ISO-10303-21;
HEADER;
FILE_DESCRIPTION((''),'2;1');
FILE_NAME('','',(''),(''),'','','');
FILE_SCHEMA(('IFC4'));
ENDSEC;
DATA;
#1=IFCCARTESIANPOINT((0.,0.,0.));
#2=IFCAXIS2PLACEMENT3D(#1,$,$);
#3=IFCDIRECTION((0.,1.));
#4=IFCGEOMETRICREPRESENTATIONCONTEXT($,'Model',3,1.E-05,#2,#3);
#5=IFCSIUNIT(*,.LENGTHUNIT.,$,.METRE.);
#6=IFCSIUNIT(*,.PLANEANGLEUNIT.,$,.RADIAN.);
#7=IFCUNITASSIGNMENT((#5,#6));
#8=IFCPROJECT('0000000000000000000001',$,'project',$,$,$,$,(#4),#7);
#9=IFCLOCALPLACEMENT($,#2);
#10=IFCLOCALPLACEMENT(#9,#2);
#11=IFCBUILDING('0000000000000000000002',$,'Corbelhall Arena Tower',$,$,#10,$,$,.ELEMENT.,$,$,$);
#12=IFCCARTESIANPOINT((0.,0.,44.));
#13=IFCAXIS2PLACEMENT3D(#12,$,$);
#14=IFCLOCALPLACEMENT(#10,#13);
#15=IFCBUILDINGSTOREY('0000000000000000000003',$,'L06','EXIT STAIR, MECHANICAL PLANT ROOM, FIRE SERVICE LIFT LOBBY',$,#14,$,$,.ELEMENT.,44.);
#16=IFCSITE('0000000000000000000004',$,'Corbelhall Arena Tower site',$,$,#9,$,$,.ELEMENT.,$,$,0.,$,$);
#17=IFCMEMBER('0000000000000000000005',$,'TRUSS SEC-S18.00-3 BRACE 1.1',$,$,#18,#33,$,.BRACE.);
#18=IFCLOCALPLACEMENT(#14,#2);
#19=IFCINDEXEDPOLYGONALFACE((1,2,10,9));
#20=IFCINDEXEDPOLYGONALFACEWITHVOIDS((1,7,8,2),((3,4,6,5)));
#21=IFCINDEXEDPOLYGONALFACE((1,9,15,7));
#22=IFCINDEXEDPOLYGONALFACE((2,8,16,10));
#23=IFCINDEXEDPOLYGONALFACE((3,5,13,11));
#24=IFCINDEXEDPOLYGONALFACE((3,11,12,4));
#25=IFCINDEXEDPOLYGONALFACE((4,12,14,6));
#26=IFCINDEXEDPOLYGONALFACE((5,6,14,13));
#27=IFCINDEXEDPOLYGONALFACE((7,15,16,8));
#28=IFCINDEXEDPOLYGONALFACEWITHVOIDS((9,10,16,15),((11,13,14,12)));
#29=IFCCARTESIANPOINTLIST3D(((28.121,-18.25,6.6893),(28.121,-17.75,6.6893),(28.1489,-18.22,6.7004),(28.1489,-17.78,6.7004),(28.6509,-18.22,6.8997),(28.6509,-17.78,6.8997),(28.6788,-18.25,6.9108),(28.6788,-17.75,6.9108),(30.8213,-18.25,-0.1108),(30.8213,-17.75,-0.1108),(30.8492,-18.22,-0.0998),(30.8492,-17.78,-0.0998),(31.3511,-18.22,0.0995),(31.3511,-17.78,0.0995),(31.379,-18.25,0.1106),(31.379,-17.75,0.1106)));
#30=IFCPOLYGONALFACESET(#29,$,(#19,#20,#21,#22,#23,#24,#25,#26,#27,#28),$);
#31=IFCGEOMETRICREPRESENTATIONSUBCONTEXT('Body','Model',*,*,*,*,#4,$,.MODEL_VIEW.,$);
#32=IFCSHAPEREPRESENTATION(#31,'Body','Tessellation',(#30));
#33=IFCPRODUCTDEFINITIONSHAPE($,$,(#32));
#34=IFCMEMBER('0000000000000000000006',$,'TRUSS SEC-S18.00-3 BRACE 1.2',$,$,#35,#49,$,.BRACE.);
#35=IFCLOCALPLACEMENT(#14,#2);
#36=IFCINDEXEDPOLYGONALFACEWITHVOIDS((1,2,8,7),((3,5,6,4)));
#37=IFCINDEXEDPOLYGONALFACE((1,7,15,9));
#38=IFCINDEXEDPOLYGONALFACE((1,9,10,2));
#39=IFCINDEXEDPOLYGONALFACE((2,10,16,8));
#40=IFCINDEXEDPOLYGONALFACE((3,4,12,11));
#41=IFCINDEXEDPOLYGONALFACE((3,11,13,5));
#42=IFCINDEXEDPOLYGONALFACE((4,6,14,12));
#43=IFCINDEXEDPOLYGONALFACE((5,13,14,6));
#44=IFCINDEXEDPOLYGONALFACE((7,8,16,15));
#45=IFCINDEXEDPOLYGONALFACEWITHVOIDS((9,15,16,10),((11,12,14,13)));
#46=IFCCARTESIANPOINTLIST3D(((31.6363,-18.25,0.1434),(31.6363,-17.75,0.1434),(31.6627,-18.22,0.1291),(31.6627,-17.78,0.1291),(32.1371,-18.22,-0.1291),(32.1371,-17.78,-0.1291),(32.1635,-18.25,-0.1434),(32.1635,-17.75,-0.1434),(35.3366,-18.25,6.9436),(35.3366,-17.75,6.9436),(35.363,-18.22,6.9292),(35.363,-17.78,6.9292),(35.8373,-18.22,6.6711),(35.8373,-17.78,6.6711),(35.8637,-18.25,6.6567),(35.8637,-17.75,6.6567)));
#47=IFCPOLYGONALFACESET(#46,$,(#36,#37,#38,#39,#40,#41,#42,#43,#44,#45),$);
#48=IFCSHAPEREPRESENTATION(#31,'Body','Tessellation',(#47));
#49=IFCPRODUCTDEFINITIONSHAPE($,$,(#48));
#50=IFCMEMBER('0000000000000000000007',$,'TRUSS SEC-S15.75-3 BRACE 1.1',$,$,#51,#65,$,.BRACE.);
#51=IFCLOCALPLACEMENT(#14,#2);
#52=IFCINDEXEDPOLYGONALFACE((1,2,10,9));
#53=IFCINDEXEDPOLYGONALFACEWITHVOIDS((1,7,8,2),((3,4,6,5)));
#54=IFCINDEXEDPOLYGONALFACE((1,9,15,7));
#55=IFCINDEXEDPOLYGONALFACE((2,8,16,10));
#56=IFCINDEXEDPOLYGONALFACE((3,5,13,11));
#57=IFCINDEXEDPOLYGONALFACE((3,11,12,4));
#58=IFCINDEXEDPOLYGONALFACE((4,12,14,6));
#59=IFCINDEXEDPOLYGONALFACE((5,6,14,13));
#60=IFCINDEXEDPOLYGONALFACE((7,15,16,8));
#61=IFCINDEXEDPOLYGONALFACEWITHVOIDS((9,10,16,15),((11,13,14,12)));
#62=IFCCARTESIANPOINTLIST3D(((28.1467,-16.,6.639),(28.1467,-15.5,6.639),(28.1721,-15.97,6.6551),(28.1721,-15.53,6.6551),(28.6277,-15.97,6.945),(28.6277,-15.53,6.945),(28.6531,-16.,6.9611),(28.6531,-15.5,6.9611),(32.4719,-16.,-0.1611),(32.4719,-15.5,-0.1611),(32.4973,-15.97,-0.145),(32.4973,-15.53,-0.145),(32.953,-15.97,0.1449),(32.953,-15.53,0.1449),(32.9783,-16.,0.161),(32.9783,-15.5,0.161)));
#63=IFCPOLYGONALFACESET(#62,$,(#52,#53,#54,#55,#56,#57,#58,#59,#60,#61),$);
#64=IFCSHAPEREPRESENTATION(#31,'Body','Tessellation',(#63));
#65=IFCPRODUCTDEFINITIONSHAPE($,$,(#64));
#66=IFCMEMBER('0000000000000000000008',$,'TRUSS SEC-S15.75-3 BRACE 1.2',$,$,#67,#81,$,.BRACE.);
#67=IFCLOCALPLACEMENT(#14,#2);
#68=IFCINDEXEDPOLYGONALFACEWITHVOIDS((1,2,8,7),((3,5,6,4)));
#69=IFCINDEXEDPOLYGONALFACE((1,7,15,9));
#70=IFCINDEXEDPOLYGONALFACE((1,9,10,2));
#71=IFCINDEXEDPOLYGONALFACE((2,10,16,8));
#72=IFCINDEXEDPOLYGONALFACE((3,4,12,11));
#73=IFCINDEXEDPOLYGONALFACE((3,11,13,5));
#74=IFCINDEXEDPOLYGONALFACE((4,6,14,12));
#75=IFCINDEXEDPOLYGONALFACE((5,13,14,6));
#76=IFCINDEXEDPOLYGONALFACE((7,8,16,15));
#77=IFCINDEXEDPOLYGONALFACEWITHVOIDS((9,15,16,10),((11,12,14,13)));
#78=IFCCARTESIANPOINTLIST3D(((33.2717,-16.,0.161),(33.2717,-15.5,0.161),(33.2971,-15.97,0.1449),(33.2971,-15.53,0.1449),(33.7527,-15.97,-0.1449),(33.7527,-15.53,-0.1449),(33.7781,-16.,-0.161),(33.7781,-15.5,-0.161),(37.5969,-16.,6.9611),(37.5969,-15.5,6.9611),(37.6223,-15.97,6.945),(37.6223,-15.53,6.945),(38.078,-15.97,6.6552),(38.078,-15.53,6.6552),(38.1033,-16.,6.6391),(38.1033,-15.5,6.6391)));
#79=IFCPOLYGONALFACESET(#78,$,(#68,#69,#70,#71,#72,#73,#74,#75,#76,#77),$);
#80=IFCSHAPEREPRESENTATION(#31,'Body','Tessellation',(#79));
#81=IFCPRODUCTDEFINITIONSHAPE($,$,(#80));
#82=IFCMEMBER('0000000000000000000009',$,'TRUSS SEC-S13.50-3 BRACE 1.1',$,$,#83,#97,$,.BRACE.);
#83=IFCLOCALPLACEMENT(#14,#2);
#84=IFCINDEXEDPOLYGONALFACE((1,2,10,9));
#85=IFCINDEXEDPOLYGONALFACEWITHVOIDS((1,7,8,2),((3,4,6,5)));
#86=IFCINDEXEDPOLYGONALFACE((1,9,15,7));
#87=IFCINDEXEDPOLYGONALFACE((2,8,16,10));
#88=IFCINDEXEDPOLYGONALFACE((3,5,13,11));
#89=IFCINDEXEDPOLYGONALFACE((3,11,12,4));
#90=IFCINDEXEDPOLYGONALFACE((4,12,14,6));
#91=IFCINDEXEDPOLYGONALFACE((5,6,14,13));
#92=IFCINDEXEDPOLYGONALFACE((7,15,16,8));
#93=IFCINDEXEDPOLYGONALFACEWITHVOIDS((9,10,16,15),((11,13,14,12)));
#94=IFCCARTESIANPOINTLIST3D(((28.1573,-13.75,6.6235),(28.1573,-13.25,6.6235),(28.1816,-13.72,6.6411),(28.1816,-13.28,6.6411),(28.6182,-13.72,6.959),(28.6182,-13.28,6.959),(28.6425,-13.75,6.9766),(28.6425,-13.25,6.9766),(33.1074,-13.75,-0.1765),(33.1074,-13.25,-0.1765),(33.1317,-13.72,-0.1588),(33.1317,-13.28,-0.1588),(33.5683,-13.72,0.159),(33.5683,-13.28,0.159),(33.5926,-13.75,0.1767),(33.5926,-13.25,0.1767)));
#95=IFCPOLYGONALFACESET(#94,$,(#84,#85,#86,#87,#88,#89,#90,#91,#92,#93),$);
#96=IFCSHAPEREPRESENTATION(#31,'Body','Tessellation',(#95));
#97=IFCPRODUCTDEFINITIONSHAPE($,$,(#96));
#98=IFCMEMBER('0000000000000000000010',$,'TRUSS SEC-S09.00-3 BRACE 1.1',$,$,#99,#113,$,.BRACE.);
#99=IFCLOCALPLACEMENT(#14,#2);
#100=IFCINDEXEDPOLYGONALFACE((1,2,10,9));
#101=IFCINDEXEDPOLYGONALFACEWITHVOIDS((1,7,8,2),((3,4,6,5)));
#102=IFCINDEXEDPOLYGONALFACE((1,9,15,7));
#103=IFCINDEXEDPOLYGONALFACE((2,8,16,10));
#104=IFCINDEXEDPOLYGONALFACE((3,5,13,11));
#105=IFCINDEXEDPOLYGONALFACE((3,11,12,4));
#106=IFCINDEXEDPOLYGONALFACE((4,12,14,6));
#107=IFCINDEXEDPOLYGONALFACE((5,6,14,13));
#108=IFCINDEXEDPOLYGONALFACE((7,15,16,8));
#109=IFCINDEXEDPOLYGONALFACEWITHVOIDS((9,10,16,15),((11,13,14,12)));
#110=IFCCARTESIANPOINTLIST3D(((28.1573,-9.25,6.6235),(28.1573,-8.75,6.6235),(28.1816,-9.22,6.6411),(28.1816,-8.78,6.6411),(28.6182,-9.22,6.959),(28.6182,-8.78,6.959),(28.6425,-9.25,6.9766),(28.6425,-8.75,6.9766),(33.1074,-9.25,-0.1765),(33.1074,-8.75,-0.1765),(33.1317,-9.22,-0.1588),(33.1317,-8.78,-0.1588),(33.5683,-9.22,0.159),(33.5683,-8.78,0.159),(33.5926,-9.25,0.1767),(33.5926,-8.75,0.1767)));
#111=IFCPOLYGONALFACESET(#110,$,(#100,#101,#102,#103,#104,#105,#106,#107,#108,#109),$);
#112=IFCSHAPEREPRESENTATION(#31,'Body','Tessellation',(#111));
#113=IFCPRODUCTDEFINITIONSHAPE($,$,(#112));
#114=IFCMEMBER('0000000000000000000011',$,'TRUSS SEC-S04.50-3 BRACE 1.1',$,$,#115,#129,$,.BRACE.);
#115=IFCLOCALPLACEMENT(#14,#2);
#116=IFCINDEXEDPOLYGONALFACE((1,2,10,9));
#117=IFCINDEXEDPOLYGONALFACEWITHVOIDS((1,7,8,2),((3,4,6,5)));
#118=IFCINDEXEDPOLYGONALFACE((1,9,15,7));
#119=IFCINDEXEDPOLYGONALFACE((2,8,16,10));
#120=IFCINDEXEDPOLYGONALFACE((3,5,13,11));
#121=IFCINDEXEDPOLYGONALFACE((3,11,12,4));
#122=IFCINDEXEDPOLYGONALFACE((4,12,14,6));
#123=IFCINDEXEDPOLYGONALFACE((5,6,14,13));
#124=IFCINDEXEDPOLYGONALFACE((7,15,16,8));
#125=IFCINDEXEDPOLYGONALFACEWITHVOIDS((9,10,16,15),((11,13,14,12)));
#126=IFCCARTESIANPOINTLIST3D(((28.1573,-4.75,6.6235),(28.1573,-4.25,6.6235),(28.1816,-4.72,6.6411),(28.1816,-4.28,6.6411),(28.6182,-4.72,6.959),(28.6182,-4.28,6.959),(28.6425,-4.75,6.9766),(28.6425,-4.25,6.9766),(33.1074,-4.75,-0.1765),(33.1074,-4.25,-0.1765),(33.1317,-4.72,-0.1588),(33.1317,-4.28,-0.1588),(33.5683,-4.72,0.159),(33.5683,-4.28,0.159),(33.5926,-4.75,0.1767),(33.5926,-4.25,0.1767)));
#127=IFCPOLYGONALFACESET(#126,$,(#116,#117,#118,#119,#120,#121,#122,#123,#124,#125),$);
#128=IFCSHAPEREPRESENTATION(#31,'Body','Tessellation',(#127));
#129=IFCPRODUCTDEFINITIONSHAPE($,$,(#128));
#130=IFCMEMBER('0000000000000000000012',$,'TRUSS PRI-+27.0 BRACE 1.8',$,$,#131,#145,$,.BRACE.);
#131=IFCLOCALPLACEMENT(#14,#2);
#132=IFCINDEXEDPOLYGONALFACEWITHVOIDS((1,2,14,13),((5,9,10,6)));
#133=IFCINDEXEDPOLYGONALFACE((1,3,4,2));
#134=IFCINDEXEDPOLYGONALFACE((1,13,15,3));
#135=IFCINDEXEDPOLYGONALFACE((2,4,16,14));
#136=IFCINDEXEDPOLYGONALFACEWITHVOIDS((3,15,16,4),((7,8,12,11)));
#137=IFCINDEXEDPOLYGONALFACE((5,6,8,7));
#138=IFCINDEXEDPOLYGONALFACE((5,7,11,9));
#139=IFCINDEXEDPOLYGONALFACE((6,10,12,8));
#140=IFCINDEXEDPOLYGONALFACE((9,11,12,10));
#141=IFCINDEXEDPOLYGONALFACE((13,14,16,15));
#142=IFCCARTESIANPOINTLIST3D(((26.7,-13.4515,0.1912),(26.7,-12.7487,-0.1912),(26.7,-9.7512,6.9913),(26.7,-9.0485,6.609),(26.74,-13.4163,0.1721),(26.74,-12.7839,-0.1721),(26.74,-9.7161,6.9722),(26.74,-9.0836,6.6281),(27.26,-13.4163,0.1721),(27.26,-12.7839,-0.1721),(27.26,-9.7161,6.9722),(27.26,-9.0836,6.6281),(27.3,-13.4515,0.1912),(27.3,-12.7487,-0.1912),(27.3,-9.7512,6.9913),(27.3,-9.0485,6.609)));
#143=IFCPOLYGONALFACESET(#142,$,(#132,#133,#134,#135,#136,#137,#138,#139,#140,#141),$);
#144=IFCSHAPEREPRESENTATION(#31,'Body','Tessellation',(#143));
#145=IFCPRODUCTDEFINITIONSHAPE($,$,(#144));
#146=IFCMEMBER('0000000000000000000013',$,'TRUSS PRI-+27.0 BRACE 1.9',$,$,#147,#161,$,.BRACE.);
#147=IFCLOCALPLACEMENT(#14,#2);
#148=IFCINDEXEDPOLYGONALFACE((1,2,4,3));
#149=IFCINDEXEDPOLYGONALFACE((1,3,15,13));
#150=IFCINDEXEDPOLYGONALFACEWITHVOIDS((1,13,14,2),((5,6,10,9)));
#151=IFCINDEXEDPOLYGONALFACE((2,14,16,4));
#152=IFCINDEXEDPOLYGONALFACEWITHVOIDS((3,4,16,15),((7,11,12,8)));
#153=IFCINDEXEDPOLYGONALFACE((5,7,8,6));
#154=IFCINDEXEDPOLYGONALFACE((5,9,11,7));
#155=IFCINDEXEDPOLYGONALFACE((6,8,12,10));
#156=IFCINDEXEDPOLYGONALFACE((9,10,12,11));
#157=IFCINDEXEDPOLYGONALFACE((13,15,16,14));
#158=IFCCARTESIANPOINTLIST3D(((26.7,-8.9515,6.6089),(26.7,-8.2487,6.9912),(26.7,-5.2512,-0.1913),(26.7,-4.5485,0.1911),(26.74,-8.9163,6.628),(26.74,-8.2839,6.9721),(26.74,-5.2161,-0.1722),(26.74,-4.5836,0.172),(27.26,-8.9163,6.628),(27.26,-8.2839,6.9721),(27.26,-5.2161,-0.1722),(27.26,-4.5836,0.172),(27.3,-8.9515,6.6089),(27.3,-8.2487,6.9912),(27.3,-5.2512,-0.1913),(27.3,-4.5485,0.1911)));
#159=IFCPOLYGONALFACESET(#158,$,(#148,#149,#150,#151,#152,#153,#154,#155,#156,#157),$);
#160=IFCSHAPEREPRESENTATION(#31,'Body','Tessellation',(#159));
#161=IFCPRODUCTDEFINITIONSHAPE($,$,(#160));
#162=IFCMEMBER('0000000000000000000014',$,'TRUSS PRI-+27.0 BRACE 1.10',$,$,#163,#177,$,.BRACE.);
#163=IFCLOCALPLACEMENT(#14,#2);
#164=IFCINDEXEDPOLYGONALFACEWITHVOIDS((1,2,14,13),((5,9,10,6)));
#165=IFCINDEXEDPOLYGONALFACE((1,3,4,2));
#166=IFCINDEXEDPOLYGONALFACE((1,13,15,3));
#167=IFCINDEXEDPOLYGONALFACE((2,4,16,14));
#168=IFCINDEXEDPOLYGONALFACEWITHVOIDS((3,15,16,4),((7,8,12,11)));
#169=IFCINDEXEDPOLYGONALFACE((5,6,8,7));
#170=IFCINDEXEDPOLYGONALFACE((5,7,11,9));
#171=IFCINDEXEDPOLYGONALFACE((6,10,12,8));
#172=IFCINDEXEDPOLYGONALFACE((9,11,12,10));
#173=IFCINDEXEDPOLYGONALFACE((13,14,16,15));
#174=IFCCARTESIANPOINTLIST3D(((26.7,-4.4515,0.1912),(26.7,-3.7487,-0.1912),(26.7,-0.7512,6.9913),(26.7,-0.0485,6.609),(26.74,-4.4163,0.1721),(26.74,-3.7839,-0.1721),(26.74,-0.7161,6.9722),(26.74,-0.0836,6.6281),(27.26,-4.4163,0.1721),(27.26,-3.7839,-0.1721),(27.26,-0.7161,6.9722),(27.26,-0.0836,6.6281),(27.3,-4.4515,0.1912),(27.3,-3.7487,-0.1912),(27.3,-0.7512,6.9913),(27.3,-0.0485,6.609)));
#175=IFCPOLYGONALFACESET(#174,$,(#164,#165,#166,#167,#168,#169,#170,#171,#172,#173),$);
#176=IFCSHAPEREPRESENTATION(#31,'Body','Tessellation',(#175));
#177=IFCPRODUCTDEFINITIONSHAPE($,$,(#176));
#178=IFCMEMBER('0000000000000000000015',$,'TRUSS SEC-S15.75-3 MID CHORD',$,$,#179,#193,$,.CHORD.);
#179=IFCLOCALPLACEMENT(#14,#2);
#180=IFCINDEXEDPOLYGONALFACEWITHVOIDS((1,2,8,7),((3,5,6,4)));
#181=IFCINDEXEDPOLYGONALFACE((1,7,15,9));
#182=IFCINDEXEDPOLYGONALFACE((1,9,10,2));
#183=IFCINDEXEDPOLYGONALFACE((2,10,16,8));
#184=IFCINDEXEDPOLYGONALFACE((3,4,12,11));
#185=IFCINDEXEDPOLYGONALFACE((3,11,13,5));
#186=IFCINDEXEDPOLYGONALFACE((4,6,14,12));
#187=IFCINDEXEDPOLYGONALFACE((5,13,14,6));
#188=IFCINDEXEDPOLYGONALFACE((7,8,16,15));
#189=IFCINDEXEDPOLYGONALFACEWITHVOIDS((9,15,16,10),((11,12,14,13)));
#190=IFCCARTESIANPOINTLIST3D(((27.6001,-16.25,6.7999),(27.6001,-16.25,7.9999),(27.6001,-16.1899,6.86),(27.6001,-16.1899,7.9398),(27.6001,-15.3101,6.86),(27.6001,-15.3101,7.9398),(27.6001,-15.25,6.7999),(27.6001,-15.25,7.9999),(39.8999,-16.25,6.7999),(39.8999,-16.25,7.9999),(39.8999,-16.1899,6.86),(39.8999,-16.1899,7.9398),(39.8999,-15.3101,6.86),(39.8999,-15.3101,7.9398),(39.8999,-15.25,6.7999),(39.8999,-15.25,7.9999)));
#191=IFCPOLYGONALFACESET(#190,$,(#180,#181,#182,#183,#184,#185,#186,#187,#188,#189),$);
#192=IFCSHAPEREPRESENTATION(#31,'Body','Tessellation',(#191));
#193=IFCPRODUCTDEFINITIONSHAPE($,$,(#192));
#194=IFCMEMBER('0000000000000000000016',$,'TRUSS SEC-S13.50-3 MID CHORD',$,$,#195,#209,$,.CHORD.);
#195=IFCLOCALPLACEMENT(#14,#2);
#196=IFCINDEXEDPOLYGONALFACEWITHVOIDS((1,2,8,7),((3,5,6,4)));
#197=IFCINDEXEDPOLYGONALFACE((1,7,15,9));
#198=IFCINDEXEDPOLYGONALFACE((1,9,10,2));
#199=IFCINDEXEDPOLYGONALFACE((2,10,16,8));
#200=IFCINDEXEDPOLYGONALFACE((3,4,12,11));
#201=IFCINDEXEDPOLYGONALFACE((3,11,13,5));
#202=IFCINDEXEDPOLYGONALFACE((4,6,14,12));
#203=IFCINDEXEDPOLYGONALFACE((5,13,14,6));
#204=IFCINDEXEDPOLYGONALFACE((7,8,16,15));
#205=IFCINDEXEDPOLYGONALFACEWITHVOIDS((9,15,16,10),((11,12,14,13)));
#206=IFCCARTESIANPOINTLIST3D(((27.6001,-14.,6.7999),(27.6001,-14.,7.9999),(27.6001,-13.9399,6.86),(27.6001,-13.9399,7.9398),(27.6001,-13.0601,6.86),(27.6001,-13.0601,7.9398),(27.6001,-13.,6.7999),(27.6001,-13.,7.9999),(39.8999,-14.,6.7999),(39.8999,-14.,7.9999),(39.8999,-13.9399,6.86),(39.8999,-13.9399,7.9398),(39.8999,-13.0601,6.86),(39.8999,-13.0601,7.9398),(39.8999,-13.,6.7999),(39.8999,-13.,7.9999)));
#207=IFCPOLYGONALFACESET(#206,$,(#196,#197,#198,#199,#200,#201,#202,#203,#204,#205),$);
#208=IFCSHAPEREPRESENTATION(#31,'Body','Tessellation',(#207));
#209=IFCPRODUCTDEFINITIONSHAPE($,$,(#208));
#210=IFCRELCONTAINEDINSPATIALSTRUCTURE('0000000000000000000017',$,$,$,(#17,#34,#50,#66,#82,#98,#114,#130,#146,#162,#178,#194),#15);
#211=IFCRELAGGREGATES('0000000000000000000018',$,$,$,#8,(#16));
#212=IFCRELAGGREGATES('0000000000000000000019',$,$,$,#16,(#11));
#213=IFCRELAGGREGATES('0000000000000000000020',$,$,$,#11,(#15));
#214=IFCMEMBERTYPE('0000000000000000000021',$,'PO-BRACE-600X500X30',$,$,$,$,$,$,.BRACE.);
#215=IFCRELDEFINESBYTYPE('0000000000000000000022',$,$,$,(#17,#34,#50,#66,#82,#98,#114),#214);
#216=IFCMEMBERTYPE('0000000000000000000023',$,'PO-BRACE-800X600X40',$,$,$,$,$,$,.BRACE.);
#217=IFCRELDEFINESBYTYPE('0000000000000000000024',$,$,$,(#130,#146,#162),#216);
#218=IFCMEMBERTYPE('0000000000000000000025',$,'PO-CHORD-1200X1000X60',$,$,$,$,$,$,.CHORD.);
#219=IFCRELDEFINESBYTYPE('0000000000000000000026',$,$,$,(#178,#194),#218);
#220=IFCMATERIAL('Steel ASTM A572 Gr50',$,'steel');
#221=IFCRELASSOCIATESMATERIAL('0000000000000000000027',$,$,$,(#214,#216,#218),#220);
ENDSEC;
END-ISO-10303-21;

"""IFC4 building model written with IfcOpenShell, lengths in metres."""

from ifc_helpers import new_model, si_unit, direction, frame, origin, origin_2d, place, context, subcontext, project, spatial, hollow_rectangle, extrude, material, material_profile, profile_set, type_object, element, save


model = new_model("IFC4")

# Units and contexts
model_context = context("Model", 3, precision=1e-05, world=origin(), true_north=direction((0.0, 1.0)))
body_context = subcontext(model_context, "Body", "Model", "MODEL_VIEW")
ifc_project = project(units=[si_unit("LENGTHUNIT", "METRE"), si_unit("PLANEANGLEUNIT", "RADIAN")], contexts=[model_context])

# Site, building, storey
site_placement = place(None, origin())
site = spatial("IfcSite", under=ifc_project, at=site_placement, Name="Corbelhall Arena Tower site", CompositionType="ELEMENT", RefElevation=0.0)
building_placement = place(site_placement, origin())
building = spatial("IfcBuilding", under=site, at=building_placement, Name="Corbelhall Arena Tower", CompositionType="ELEMENT")
storey_placement = place(building_placement, frame((0.0, 0.0, 44.0)))
storey = spatial("IfcBuildingStorey", under=building, at=storey_placement, Name="L06", Description="EXIT STAIR, MECHANICAL PLANT ROOM, FIRE SERVICE LIFT LOBBY", CompositionType="ELEMENT", Elevation=44.0)

# Members
ifc_material = material(Name="Steel ASTM A572 Gr50", Category="steel")
ifc_material_profile_1 = material_profile(ifc_material, hollow_rectangle(XDim=0.5, YDim=0.6001, WallThickness=0.03, at=origin_2d()))
ifc_profile_set_1 = profile_set([ifc_material_profile_1], Name="Steel ASTM A572 Gr50")
member_type_1 = type_object("IfcMemberType", Name="PO-BRACE-600X500X30", PredefinedType="BRACE", material=ifc_profile_set_1)
member_1_placement = place(storey_placement, frame((28.3999, -18.0, 6.8), z_axis=(0.369054, 0.0, -0.929408), x_axis=(0.0, 1.0, 0.0)))
element("IfcMember", 1, at=member_1_placement, inside=storey, type_object=member_type_1, Name="TRUSS SEC-S18.00-3 BRACE 1.1", PredefinedType="BRACE", context=body_context, shape_type="SweptSolid", body=[
    extrude(hollow_rectangle(XDim=0.5, YDim=0.6001, WallThickness=0.03, at=origin_2d()), origin(), (0.0, 0.0, 1.0), 7.3167),
])
member_2_placement = place(storey_placement, frame((31.8999, -18.0, 0.0), z_axis=(0.477964, 0.0, 0.87838), x_axis=(0.0, 1.0, 0.0)))
element("IfcMember", 2, at=member_2_placement, inside=storey, type_object=member_type_1, Name="TRUSS SEC-S18.00-3 BRACE 1.2", PredefinedType="BRACE", context=body_context, shape_type="SweptSolid", body=[
    extrude(hollow_rectangle(XDim=0.5, YDim=0.6001, WallThickness=0.03, at=origin_2d()), origin(), (0.0, 0.0, 1.0), 7.7417),
])
for number, where, z_axis, x_axis, name in (
    (3, (28.3999, -15.75, 6.8), (0.536689, 0.0, -0.84378), (0.0, 1.0, 0.0), "TRUSS SEC-S15.75-3 BRACE 1.1"),
    (4, (33.5249, -15.75, 0.0), (0.536689, 0.0, 0.84378), (0.0, 1.0, 0.0), "TRUSS SEC-S15.75-3 BRACE 1.2"),
):
    element("IfcMember", number, at=place(storey_placement, frame(where, z_axis=z_axis, x_axis=x_axis)), inside=storey, type_object=member_type_1, Name=name, PredefinedType="BRACE", context=body_context, shape_type="SweptSolid", body=[
        extrude(hollow_rectangle(XDim=0.5, YDim=0.6001, WallThickness=0.03, at=origin_2d()), origin(), (0.0, 0.0, 1.0), 8.0591),
    ])
for number, where, z_axis, x_axis, name in (
    (5, (28.3999, -13.5, 6.8), (0.588538, 0.0, -0.80847), (0.0, 1.0, 0.0), "TRUSS SEC-S13.50-3 BRACE 1.1"),
    (6, (28.3999, -9.0, 6.8), (0.588538, 0.0, -0.80847), (0.0, 1.0, 0.0), "TRUSS SEC-S09.00-3 BRACE 1.1"),
    (7, (28.3999, -4.5, 6.8), (0.588538, 0.0, -0.80847), (0.0, 1.0, 0.0), "TRUSS SEC-S04.50-3 BRACE 1.1"),
):
    element("IfcMember", number, at=place(storey_placement, frame(where, z_axis=z_axis, x_axis=x_axis)), inside=storey, type_object=member_type_1, Name=name, PredefinedType="BRACE", context=body_context, shape_type="SweptSolid", body=[
        extrude(hollow_rectangle(XDim=0.5, YDim=0.6001, WallThickness=0.03, at=origin_2d()), origin(), (0.0, 0.0, 1.0), 8.4109),
    ])
ifc_material_profile_2 = material_profile(ifc_material, hollow_rectangle(XDim=0.6001, YDim=0.8, WallThickness=0.04, at=origin_2d()))
ifc_profile_set_2 = profile_set([ifc_material_profile_2], Name="Steel ASTM A572 Gr50")
member_type_2 = type_object("IfcMemberType", Name="PO-BRACE-800X600X40", PredefinedType="BRACE", material=ifc_profile_set_2)
for number, where, z_axis, x_axis, name in (
    (8, (27.0, -13.1001, 0.0), (0.0, 0.477964, 0.87838), (-1.0, 0.0, 0.0), "TRUSS PRI-+27.0 BRACE 1.8"),
    (9, (27.0, -8.6001, 6.8), (0.0, 0.477964, -0.87838), (-1.0, 0.0, 0.0), "TRUSS PRI-+27.0 BRACE 1.9"),
    (10, (27.0, -4.1001, 0.0), (0.0, 0.477964, 0.87838), (-1.0, 0.0, 0.0), "TRUSS PRI-+27.0 BRACE 1.10"),
):
    element("IfcMember", number, at=place(storey_placement, frame(where, z_axis=z_axis, x_axis=x_axis)), inside=storey, type_object=member_type_2, Name=name, PredefinedType="BRACE", context=body_context, shape_type="SweptSolid", body=[
        extrude(hollow_rectangle(XDim=0.6001, YDim=0.8, WallThickness=0.04, at=origin_2d()), origin(), (0.0, 0.0, 1.0), 7.7417),
    ])
ifc_material_profile_3 = material_profile(ifc_material, hollow_rectangle(XDim=1.0, YDim=1.2, WallThickness=0.0601, at=origin_2d()))
ifc_profile_set_3 = profile_set([ifc_material_profile_3], Name="Steel ASTM A572 Gr50")
member_type_3 = type_object("IfcMemberType", Name="PO-CHORD-1200X1000X60", PredefinedType="CHORD", material=ifc_profile_set_3)
for number, where, z_axis, x_axis, name in (
    (11, (27.6001, -15.75, 7.3999), (1.0, 0.0, 0.0), (0.0, 1.0, 0.0), "TRUSS SEC-S15.75-3 MID CHORD"),
    (12, (27.6001, -13.5, 7.3999), (1.0, 0.0, 0.0), (0.0, 1.0, 0.0), "TRUSS SEC-S13.50-3 MID CHORD"),
):
    element("IfcMember", number, at=place(storey_placement, frame(where, z_axis=z_axis, x_axis=x_axis)), inside=storey, type_object=member_type_3, Name=name, PredefinedType="CHORD", context=body_context, shape_type="SweptSolid", body=[
        extrude(hollow_rectangle(XDim=1.0, YDim=1.2, WallThickness=0.0601, at=origin_2d()), origin(), (0.0, 0.0, 1.0), 12.2998),
    ])

save(model, "model.ifc")
